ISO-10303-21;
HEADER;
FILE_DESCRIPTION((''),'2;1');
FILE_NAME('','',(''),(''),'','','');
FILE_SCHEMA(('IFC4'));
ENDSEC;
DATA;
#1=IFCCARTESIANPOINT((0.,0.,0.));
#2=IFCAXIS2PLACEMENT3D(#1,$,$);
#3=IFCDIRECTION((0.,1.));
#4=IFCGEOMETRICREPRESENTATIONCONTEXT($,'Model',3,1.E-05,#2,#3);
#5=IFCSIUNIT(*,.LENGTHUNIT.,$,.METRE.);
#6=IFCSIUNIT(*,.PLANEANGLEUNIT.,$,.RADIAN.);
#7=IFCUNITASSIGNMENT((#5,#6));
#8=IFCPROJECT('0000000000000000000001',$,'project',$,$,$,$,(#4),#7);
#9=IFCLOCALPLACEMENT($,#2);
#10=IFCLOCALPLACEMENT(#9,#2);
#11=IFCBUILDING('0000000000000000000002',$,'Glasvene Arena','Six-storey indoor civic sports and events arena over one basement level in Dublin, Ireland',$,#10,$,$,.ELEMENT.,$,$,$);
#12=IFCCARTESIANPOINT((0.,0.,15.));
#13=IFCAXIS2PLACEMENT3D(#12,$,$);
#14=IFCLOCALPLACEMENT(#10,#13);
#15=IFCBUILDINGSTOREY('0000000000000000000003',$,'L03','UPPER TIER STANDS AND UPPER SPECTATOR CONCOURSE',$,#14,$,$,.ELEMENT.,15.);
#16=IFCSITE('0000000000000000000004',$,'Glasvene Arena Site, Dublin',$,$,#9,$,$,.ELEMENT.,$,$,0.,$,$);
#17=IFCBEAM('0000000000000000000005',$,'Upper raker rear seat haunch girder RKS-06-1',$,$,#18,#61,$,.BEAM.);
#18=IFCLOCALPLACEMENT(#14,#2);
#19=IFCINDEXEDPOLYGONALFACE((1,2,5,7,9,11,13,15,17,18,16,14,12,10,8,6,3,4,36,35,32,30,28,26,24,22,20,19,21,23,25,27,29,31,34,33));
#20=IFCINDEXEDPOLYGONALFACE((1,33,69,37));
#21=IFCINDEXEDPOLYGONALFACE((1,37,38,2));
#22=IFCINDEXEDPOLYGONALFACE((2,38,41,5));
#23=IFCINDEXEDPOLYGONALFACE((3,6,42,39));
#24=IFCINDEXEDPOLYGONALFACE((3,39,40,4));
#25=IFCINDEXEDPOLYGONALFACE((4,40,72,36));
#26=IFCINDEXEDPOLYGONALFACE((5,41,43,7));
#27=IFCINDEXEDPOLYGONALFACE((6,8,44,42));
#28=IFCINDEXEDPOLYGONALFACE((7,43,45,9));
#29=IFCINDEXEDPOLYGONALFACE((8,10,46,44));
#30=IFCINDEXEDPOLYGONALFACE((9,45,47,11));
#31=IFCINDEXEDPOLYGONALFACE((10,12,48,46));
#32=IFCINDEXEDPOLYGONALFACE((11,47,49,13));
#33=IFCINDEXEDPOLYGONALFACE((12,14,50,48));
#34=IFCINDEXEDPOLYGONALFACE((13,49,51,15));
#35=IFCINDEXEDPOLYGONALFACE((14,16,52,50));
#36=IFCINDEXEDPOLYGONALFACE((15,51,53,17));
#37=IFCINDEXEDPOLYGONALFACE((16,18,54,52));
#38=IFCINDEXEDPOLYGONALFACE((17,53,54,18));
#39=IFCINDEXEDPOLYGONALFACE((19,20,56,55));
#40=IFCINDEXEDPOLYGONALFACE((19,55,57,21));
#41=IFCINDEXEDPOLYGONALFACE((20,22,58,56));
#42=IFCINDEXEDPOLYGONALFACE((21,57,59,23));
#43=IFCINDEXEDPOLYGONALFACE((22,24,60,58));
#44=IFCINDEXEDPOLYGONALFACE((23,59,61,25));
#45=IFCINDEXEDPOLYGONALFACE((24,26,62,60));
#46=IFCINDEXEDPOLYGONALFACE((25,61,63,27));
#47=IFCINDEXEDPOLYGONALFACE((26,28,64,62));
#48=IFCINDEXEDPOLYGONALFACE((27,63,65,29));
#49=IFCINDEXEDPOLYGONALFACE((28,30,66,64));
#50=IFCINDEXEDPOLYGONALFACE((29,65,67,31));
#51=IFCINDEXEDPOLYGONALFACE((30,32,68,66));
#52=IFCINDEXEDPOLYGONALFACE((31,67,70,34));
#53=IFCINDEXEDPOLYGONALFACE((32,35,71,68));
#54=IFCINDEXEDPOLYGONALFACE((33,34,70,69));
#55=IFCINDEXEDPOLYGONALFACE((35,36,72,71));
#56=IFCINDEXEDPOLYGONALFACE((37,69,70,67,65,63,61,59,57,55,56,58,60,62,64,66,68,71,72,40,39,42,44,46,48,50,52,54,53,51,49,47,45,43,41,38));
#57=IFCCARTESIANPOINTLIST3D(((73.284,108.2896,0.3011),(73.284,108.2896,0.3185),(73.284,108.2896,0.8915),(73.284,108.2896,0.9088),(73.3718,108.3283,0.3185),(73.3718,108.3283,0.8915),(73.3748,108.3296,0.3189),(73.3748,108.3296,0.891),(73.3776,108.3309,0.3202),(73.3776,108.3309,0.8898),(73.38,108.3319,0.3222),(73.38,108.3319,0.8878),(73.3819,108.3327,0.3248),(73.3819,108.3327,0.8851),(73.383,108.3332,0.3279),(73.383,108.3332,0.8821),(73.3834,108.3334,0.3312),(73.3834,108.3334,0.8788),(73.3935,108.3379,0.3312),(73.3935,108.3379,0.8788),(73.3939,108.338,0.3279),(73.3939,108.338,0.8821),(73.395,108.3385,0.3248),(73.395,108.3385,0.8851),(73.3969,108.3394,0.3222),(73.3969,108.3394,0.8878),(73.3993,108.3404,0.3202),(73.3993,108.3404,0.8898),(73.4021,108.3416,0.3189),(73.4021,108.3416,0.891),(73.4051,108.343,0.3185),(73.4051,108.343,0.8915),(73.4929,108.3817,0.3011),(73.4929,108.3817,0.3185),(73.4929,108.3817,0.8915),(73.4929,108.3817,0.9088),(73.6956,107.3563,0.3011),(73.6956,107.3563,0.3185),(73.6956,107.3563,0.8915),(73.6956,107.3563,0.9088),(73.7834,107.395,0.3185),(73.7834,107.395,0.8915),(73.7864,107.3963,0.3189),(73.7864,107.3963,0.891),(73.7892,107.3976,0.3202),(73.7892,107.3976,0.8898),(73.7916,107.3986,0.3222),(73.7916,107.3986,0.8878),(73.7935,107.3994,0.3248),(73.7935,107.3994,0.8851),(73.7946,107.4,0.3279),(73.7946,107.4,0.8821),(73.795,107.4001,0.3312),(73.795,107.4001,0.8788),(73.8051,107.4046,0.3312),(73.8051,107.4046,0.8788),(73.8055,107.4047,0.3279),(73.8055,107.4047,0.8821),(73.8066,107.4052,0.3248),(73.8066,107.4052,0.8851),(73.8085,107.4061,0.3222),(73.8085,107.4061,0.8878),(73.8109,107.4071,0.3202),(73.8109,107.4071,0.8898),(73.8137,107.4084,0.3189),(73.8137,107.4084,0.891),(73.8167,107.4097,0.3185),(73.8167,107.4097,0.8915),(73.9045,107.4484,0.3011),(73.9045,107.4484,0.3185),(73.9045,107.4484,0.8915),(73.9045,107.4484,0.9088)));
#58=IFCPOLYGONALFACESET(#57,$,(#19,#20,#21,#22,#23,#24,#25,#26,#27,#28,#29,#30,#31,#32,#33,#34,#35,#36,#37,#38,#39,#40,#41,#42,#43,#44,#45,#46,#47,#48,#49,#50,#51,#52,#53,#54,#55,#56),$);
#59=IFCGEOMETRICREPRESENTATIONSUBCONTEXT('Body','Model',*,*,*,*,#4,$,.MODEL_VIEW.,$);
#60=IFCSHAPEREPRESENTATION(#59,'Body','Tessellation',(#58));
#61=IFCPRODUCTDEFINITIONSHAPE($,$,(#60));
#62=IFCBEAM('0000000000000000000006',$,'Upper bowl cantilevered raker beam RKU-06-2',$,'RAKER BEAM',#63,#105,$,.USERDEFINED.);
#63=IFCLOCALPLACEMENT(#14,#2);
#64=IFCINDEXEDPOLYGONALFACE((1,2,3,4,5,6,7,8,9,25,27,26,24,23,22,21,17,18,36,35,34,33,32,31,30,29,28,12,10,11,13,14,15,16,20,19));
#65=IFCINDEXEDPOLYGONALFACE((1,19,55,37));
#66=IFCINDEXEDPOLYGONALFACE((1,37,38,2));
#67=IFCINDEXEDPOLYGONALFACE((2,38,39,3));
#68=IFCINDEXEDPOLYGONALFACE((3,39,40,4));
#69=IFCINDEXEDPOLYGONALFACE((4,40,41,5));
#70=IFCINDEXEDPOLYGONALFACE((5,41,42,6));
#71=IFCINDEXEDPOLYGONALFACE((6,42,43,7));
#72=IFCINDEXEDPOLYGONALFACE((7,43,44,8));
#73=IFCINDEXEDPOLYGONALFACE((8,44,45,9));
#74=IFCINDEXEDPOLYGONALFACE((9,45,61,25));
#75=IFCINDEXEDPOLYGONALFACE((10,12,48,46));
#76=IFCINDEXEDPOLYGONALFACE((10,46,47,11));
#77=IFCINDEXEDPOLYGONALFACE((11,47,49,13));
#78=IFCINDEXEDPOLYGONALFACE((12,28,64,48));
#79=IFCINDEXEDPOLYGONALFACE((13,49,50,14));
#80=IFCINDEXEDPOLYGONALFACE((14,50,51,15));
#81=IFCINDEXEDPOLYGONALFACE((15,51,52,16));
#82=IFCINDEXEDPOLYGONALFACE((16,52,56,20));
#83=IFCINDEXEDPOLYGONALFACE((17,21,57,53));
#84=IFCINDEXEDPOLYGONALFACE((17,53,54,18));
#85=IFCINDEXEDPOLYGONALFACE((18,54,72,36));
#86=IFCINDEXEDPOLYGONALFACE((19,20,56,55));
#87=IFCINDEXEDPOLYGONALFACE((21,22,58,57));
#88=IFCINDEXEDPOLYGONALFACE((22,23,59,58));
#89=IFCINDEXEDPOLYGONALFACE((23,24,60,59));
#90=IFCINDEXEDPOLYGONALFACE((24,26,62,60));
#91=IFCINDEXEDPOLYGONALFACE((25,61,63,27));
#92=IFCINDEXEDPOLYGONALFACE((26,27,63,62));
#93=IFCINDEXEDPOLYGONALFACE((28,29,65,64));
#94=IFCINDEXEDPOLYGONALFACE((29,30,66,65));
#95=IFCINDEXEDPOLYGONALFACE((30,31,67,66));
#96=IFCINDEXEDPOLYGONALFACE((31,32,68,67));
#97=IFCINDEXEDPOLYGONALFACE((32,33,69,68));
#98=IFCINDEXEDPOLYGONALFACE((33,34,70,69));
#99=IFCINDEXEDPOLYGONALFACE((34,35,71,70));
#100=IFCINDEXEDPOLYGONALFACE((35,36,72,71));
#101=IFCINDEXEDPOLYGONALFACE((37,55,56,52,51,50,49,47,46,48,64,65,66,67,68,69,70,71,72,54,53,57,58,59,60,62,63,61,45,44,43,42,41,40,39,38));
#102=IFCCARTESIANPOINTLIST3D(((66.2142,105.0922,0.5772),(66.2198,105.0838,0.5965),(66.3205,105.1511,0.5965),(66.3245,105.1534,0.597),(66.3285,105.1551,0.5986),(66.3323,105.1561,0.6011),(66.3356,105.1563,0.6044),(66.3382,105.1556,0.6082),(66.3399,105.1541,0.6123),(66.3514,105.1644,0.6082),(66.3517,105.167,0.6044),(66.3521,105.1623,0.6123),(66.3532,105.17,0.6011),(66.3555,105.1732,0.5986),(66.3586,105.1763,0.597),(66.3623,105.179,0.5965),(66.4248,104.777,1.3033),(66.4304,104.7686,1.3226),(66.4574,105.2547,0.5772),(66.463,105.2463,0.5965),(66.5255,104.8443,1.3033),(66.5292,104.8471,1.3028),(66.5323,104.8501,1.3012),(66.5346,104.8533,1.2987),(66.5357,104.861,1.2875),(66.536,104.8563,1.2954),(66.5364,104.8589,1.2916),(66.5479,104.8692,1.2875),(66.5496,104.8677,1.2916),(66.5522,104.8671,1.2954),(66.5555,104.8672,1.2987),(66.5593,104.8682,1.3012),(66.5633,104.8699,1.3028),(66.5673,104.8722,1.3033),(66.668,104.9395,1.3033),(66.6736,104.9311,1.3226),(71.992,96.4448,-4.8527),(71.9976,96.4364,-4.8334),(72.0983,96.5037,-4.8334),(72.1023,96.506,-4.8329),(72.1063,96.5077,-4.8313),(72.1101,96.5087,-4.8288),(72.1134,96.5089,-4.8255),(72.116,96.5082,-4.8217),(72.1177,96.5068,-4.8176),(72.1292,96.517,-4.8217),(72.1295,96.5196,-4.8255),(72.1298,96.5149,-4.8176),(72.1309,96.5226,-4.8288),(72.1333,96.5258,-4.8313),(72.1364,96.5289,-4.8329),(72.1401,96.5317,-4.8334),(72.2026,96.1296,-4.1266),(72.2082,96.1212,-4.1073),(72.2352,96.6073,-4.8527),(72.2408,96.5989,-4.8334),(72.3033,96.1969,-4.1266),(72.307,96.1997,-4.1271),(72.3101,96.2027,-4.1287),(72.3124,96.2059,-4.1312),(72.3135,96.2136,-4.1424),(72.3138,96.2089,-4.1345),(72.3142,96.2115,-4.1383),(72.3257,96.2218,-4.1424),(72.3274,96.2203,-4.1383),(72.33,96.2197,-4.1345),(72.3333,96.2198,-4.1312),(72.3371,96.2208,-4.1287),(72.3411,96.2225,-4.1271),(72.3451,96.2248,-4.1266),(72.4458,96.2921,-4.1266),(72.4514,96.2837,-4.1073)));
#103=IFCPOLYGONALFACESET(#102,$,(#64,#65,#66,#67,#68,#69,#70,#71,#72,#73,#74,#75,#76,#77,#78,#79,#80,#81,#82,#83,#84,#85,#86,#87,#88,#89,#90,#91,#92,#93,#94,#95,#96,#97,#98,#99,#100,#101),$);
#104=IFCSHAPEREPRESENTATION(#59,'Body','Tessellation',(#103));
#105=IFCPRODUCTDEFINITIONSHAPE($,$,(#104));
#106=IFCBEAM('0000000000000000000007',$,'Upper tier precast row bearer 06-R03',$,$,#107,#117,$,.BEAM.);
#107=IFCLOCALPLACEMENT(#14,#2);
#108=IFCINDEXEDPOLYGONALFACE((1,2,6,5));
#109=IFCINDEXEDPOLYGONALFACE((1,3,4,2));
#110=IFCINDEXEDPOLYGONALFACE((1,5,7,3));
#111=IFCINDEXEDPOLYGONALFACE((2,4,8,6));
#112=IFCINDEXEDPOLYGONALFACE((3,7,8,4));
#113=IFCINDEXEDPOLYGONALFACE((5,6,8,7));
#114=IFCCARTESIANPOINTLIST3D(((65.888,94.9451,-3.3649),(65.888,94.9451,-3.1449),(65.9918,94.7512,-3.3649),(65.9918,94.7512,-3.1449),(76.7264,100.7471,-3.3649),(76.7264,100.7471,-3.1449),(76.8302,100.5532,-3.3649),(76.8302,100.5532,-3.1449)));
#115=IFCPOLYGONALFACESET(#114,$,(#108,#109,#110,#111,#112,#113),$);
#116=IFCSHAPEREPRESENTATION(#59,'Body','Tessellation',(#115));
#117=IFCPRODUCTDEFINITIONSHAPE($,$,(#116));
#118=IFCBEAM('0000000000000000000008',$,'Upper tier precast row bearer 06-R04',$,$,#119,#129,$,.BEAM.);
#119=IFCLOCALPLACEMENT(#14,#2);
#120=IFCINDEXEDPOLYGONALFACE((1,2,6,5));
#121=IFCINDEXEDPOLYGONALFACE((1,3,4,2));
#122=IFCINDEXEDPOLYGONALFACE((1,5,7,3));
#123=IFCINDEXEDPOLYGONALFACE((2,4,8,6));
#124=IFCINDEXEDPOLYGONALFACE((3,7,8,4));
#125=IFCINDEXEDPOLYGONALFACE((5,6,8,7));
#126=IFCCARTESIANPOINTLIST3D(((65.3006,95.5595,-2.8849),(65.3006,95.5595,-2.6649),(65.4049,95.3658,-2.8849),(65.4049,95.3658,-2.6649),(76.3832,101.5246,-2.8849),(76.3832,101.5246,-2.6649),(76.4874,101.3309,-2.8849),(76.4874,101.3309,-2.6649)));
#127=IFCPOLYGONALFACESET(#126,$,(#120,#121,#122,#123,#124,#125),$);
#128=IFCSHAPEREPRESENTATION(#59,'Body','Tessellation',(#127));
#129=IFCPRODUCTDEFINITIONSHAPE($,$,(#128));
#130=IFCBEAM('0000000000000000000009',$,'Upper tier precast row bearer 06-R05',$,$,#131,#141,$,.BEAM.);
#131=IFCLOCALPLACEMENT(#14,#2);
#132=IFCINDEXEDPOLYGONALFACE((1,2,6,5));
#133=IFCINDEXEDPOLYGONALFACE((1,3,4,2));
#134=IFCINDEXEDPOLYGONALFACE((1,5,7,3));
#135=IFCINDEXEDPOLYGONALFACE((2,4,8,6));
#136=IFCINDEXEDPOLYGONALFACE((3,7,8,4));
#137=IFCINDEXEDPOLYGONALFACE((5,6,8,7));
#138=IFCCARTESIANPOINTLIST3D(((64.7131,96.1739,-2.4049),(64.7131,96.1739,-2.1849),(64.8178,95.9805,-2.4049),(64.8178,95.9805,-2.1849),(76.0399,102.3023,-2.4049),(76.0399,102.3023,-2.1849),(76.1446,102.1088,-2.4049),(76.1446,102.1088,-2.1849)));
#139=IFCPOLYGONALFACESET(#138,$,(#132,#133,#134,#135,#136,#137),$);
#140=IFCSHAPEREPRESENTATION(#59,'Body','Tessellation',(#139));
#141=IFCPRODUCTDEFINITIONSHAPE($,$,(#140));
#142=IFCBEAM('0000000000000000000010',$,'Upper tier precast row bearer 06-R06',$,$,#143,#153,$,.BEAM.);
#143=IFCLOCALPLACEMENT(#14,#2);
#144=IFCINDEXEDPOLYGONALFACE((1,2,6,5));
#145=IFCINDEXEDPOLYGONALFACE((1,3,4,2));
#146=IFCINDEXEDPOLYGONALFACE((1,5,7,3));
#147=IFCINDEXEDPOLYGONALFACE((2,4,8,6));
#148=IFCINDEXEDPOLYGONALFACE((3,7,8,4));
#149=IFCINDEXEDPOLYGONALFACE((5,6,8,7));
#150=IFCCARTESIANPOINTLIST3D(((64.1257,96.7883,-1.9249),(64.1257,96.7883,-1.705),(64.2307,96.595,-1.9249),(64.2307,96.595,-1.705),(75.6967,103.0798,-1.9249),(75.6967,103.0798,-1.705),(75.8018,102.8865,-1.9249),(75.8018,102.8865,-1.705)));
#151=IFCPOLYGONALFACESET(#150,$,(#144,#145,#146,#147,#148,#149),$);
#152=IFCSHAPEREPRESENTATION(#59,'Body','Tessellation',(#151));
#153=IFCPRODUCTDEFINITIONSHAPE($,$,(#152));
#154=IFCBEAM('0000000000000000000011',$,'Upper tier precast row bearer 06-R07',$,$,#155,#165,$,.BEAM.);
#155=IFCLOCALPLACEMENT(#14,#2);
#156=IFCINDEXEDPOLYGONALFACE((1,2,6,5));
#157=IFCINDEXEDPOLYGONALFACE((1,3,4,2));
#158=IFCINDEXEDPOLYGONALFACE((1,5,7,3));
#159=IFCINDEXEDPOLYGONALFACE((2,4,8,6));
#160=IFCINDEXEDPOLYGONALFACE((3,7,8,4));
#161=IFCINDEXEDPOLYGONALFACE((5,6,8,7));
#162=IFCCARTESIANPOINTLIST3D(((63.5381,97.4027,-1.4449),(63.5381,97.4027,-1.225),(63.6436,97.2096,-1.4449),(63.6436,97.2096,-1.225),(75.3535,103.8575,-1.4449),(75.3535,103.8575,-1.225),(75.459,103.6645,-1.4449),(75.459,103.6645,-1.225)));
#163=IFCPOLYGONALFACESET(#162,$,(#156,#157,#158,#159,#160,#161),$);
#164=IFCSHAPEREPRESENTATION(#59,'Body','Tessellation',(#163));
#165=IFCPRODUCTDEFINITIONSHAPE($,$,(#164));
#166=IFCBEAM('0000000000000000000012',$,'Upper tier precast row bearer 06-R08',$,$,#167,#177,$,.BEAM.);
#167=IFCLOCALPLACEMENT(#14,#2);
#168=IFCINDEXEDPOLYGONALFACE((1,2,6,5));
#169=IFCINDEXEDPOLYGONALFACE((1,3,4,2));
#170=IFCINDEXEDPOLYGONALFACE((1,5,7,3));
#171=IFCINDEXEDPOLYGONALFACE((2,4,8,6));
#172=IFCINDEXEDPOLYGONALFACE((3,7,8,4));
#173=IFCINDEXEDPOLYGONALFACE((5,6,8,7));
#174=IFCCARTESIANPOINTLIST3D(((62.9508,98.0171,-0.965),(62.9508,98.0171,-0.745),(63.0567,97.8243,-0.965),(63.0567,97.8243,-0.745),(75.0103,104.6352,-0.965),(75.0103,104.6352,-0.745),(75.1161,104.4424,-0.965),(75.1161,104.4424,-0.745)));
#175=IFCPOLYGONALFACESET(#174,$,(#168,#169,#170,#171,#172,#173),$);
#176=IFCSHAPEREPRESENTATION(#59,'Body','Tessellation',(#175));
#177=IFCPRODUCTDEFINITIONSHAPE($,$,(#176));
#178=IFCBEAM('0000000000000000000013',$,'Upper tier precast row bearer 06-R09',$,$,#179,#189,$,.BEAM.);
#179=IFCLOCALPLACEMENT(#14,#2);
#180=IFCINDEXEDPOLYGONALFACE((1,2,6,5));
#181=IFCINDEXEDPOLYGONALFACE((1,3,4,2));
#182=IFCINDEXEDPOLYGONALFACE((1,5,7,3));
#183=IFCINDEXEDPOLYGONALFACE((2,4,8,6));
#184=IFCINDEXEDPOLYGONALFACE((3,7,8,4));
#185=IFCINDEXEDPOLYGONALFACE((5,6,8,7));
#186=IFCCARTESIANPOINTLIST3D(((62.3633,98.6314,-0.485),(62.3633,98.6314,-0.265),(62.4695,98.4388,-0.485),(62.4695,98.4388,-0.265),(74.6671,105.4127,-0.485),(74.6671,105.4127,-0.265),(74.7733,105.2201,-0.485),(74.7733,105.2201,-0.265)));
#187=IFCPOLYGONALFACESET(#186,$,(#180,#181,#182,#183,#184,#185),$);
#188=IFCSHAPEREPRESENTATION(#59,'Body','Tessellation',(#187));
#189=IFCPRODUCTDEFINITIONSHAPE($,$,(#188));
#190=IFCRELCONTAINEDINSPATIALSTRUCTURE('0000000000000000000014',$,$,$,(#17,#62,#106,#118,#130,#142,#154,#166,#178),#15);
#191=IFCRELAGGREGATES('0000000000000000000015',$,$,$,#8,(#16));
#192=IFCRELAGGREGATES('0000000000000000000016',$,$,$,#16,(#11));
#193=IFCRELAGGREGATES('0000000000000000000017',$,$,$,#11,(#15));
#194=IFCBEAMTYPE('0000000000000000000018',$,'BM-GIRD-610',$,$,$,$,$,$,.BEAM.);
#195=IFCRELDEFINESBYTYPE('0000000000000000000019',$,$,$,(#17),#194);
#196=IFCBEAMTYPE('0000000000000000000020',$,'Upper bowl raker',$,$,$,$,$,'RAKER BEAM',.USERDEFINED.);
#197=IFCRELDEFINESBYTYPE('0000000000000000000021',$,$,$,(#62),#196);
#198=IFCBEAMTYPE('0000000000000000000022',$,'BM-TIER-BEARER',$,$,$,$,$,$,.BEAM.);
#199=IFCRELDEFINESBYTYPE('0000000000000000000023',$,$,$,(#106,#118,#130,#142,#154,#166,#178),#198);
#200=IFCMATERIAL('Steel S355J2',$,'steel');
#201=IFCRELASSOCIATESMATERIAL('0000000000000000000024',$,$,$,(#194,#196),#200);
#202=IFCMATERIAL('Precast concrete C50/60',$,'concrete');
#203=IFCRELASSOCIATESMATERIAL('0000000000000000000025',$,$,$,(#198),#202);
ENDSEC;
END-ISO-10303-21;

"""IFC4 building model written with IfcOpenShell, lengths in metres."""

from ifc_helpers import new_model, si_unit, direction, frame, origin, origin_2d, place, context, subcontext, project, spatial, rectangle, i_section, extrude, material, material_profile, profile_set, type_object, element, save


model = new_model("IFC4")

# Units and contexts
model_context = context("Model", 3, precision=1e-05, world=origin(), true_north=direction((0.0, 1.0)))
body_context = subcontext(model_context, "Body", "Model", "MODEL_VIEW")
ifc_project = project(units=[si_unit("LENGTHUNIT", "METRE"), si_unit("PLANEANGLEUNIT", "RADIAN")], contexts=[model_context])

# Site, building, storey
site_placement = place(None, origin())
site = spatial("IfcSite", under=ifc_project, at=site_placement, Name="Glasvene Arena Site, Dublin", CompositionType="ELEMENT", RefElevation=0.0)
building_placement = place(site_placement, origin())
building = spatial("IfcBuilding", under=site, at=building_placement, Name="Glasvene Arena", Description="Six-storey indoor civic sports and events arena over one basement level in Dublin, Ireland", CompositionType="ELEMENT")
storey_placement = place(building_placement, frame((0.0, 0.0, 15.0)))
storey = spatial("IfcBuildingStorey", under=building, at=storey_placement, Name="L03", Description="UPPER TIER STANDS AND UPPER SPECTATOR CONCOURSE", CompositionType="ELEMENT", Elevation=15.0)

# Shared definitions
ifc_material_1 = material(Name="Steel S355J2", Category="steel")

# Beams
ifc_material_profile_1 = material_profile(ifc_material_1, i_section(OverallWidth=0.2283, OverallDepth=0.6077, WebThickness=0.011, FlangeThickness=0.0173, FilletRadius=0.0127, at=origin_2d()), Name="UKB 610x229x113")
ifc_profile_set_1 = profile_set([ifc_material_profile_1], Name="Steel S355J2")
beam_type_1 = type_object("IfcBeamType", Name="BM-GIRD-610", PredefinedType="BEAM", material=ifc_profile_set_1)
for number, where, z_axis, x_axis, name in (
    (1, (73.8, 107.4023, 0.605), (-0.403516, 0.914972, 0.0), (-0.914972, -0.403516, 0.0), "Upper raker rear seat haunch girder RKS-06-1"),
):
    element("IfcBeam", number, at=place(storey_placement, frame(where, z_axis=z_axis, x_axis=x_axis)), inside=storey, type_object=beam_type_1, Name=name, PredefinedType="BEAM", context=body_context, shape_type="SweptSolid", body=[
        extrude(i_section(OverallWidth=0.2283, OverallDepth=0.6077, WebThickness=0.011, FlangeThickness=0.0173, FilletRadius=0.0127, at=origin_2d()), origin(), (0.0, 0.0, 1.0), 1.02),
    ])
ifc_material_profile_2 = material_profile(ifc_material_1, i_section(OverallWidth=0.2925, OverallDepth=0.8408, WebThickness=0.0146, FlangeThickness=0.0217, FilletRadius=0.0178, at=origin_2d()), Name="UKB 838x292x194")
ifc_profile_set_2 = profile_set([ifc_material_profile_2], Name="Steel S355J2")
beam_type_2 = type_object("IfcBeamType", Name="Upper bowl raker", ElementType="RAKER BEAM", PredefinedType="USERDEFINED", material=ifc_profile_set_2)
beam_1_placement = place(storey_placement, frame((72.2217, 96.3643, -4.48), z_axis=(-0.492474, 0.737067, 0.46282), x_axis=(-0.831479, -0.555556, 0.0)))
element("IfcBeam", 2, at=beam_1_placement, inside=storey, type_object=beam_type_2, Name="Upper bowl cantilevered raker beam RKU-06-2", ObjectType="RAKER BEAM", PredefinedType="USERDEFINED", context=body_context, shape_type="SweptSolid", body=[
    extrude(i_section(OverallWidth=0.2925, OverallDepth=0.8408, WebThickness=0.0146, FlangeThickness=0.0217, FilletRadius=0.0178, at=origin_2d()), origin(), (0.0, 0.0, 1.0), 11.7322),
])
ifc_material_2 = material(Name="Precast concrete C50/60", Category="concrete")
ifc_material_profile_3 = material_profile(ifc_material_2, rectangle(XDim=0.22, YDim=0.22, at=origin_2d()), Name="RC 220x220")
ifc_profile_set_3 = profile_set([ifc_material_profile_3], Name="Precast concrete C50/60")
beam_type_3 = type_object("IfcBeamType", Name="BM-TIER-BEARER", PredefinedType="BEAM", material=ifc_profile_set_3)
beam_2_placement = place(storey_placement, frame((76.7783, 100.6501, -3.2549), z_axis=(-0.881625, -0.471951, 0.0), x_axis=(0.471951, -0.881625, 0.0)))
element("IfcBeam", 3, at=beam_2_placement, inside=storey, type_object=beam_type_3, Name="Upper tier precast row bearer 06-R03", PredefinedType="BEAM", context=body_context, shape_type="SweptSolid", body=[
    extrude(rectangle(XDim=0.22, YDim=0.22, at=origin_2d()), origin(), (0.0, 0.0, 1.0), 12.2937),
])
beam_3_placement = place(storey_placement, frame((76.4353, 101.4277, -2.7749), z_axis=(-0.880551, -0.473951, 0.0), x_axis=(0.473951, -0.880551, 0.0)))
element("IfcBeam", 4, at=beam_3_placement, inside=storey, type_object=beam_type_3, Name="Upper tier precast row bearer 06-R04", PredefinedType="BEAM", context=body_context, shape_type="SweptSolid", body=[
    extrude(rectangle(XDim=0.22, YDim=0.22, at=origin_2d()), origin(), (0.0, 0.0, 1.0), 12.5859),
])
beam_4_placement = place(storey_placement, frame((76.0923, 102.2056, -2.2949), z_axis=(-0.879519, -0.475864, 0.0), x_axis=(0.475864, -0.879519, 0.0)))
element("IfcBeam", 5, at=beam_4_placement, inside=storey, type_object=beam_type_3, Name="Upper tier precast row bearer 06-R05", PredefinedType="BEAM", context=body_context, shape_type="SweptSolid", body=[
    extrude(rectangle(XDim=0.22, YDim=0.22, at=origin_2d()), origin(), (0.0, 0.0, 1.0), 12.8784),
])
beam_5_placement = place(storey_placement, frame((75.7493, 102.9832, -1.8149), z_axis=(-0.878532, -0.477683, 0.0), x_axis=(0.477683, -0.878532, 0.0)))
element("IfcBeam", 6, at=beam_5_placement, inside=storey, type_object=beam_type_3, Name="Upper tier precast row bearer 06-R06", PredefinedType="BEAM", context=body_context, shape_type="SweptSolid", body=[
    extrude(rectangle(XDim=0.22, YDim=0.22, at=origin_2d()), origin(), (0.0, 0.0, 1.0), 13.1709),
])
beam_6_placement = place(storey_placement, frame((75.4062, 103.761, -1.335), z_axis=(-0.877581, -0.479428, 0.0), x_axis=(0.479428, -0.877581, 0.0)))
element("IfcBeam", 7, at=beam_6_placement, inside=storey, type_object=beam_type_3, Name="Upper tier precast row bearer 06-R07", PredefinedType="BEAM", context=body_context, shape_type="SweptSolid", body=[
    extrude(rectangle(XDim=0.22, YDim=0.22, at=origin_2d()), origin(), (0.0, 0.0, 1.0), 13.4636),
])
beam_7_placement = place(storey_placement, frame((75.0632, 104.5388, -0.855), z_axis=(-0.876664, -0.481104, 0.0), x_axis=(0.481104, -0.876664, 0.0)))
element("IfcBeam", 8, at=beam_7_placement, inside=storey, type_object=beam_type_3, Name="Upper tier precast row bearer 06-R08", PredefinedType="BEAM", context=body_context, shape_type="SweptSolid", body=[
    extrude(rectangle(XDim=0.22, YDim=0.22, at=origin_2d()), origin(), (0.0, 0.0, 1.0), 13.7561),
])
beam_8_placement = place(storey_placement, frame((74.7202, 105.3164, -0.375), z_axis=(-0.875788, -0.482695, 0.0), x_axis=(0.482695, -0.875788, 0.0)))
element("IfcBeam", 9, at=beam_8_placement, inside=storey, type_object=beam_type_3, Name="Upper tier precast row bearer 06-R09", PredefinedType="BEAM", context=body_context, shape_type="SweptSolid", body=[
    extrude(rectangle(XDim=0.22, YDim=0.22, at=origin_2d()), origin(), (0.0, 0.0, 1.0), 14.0488),
])

save(model, "model.ifc")
